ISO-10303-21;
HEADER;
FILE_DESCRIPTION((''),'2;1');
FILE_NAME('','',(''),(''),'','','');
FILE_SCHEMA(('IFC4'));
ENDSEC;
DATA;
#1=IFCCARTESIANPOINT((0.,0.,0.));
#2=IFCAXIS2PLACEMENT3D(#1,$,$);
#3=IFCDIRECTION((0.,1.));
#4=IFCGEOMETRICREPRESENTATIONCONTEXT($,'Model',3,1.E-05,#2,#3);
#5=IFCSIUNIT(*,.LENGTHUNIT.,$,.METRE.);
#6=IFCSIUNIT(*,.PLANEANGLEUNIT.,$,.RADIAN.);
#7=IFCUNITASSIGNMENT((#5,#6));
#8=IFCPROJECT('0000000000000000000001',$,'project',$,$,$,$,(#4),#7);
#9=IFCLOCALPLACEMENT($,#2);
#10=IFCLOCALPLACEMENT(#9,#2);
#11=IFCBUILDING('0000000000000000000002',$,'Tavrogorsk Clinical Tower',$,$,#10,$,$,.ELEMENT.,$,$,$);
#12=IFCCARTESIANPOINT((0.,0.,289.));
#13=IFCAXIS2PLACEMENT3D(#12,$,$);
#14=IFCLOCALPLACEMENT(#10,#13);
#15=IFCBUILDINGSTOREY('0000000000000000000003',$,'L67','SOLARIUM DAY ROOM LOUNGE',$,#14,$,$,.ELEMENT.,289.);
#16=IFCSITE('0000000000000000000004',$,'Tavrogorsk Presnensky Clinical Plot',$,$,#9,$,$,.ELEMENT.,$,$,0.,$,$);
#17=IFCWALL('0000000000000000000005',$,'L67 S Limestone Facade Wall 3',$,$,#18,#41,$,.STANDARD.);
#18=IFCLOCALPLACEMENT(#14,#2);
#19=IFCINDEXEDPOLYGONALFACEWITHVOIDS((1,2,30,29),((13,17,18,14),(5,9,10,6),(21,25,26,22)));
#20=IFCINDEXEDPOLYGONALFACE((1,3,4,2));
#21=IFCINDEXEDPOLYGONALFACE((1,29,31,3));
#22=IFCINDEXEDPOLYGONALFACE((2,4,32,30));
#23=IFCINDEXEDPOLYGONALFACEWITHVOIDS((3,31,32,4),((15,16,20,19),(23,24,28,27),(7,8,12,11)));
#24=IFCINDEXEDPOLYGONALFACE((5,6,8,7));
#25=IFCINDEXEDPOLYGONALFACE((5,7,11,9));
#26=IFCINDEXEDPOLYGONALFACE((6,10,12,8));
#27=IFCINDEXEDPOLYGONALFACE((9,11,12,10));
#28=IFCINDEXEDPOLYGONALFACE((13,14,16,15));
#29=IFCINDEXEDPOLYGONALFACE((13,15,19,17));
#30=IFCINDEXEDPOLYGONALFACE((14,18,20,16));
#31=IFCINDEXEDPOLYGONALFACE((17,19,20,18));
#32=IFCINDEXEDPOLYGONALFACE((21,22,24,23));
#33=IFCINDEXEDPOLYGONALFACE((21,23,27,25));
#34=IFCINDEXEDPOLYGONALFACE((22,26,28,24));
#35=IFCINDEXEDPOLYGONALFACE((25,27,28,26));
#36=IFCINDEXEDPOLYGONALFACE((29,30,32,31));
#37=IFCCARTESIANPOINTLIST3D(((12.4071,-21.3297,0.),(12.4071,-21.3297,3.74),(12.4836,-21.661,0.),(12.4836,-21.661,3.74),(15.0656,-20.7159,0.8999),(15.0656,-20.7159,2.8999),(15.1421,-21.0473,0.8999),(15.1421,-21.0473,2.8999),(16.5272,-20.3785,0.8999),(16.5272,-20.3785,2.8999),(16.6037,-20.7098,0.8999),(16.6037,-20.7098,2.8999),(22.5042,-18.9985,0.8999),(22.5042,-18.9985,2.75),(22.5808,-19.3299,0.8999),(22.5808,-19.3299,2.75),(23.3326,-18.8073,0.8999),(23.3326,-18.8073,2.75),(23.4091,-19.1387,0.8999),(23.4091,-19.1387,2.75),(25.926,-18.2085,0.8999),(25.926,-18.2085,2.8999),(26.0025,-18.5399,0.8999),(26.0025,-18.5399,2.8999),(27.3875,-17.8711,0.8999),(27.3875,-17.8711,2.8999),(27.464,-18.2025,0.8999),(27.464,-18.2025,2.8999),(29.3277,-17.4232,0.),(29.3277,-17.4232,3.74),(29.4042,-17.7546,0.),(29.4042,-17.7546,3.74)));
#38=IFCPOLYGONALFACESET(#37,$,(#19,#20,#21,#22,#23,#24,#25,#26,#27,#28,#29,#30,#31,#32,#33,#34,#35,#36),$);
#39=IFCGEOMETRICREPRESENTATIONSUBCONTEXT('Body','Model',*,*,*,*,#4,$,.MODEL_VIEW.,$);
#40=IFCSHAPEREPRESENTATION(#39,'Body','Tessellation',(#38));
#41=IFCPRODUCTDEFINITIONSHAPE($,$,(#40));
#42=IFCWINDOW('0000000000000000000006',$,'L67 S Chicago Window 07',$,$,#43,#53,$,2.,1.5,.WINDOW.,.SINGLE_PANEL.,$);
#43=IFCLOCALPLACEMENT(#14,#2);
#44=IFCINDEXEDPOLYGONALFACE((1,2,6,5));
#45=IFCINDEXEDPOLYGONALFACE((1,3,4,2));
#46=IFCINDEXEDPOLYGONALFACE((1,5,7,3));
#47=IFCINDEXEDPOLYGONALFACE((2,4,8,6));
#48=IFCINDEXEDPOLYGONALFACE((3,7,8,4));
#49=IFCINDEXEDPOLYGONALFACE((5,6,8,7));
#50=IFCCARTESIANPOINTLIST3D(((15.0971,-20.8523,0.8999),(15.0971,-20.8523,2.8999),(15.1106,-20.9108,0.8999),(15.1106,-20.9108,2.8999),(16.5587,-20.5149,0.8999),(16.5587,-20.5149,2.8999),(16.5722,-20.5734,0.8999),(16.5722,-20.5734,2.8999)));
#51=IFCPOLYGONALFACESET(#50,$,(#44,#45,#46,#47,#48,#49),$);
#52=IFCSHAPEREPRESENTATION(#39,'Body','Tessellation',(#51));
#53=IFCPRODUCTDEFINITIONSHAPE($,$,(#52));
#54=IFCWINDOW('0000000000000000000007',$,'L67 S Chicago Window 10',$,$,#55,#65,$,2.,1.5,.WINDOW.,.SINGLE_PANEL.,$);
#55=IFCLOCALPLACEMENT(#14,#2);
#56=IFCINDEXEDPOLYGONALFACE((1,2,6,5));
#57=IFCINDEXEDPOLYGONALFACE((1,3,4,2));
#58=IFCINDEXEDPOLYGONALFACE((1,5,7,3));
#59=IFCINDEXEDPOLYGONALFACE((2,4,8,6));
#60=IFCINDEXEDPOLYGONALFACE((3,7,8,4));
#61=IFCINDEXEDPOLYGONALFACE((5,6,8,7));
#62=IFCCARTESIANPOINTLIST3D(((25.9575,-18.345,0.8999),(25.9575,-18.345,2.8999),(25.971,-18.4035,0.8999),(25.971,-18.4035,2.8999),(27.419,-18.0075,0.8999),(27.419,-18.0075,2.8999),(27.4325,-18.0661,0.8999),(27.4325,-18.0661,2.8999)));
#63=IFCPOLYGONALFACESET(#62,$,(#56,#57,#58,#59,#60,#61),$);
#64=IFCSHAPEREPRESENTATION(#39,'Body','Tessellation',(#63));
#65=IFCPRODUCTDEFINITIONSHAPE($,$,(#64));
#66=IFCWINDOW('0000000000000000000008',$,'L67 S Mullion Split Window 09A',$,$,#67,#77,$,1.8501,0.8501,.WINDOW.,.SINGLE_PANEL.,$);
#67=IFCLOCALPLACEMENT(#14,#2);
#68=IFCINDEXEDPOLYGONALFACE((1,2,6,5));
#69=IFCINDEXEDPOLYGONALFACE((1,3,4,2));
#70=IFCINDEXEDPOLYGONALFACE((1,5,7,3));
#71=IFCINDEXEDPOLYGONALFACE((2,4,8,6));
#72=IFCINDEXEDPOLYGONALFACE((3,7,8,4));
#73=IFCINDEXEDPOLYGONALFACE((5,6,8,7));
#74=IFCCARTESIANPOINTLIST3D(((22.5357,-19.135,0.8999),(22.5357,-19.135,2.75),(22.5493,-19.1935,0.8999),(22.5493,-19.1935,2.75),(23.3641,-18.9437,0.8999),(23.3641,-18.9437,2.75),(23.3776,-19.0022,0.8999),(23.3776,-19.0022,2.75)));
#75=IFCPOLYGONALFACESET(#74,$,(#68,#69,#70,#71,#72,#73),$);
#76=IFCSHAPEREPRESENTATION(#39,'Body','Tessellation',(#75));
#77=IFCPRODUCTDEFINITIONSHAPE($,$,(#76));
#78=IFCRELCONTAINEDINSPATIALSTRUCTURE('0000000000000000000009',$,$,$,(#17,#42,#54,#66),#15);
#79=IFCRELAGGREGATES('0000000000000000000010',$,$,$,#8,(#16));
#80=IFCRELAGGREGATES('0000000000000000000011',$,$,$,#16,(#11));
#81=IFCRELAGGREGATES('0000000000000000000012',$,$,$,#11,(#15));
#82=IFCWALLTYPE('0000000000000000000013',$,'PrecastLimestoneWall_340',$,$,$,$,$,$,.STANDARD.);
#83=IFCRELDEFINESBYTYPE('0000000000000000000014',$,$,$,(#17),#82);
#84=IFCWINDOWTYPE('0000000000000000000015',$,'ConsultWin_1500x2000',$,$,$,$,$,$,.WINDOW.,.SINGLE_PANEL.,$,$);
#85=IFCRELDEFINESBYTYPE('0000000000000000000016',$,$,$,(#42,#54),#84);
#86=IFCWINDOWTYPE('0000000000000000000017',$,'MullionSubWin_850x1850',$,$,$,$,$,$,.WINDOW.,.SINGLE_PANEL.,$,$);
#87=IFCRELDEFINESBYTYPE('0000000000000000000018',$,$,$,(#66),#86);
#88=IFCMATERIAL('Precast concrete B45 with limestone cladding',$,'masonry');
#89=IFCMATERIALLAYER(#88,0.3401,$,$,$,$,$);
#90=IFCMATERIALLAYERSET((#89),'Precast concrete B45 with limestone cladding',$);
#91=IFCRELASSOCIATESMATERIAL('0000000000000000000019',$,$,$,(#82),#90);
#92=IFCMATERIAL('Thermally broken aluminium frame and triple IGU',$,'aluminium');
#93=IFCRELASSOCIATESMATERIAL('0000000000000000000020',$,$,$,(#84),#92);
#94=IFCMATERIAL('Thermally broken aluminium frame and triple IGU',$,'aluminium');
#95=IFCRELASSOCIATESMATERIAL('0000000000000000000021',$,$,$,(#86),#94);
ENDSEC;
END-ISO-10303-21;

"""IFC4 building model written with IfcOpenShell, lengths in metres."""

from ifc_helpers import new_model, si_unit, direction, frame, frame_2d, origin, place, context, subcontext, project, spatial, rectangle, extrude, material, layer, layer_set, type_object, element, fill, save


model = new_model("IFC4")

# Units and contexts
model_context = context("Model", 3, precision=1e-05, world=origin(), true_north=direction((0.0, 1.0)))
body_context = subcontext(model_context, "Body", "Model", "MODEL_VIEW")
ifc_project = project(units=[si_unit("LENGTHUNIT", "METRE"), si_unit("PLANEANGLEUNIT", "RADIAN")], contexts=[model_context])

# Site, building, storey
site_placement = place(None, origin())
site = spatial("IfcSite", under=ifc_project, at=site_placement, Name="Tavrogorsk Presnensky Clinical Plot", CompositionType="ELEMENT", RefElevation=0.0)
building_placement = place(site_placement, origin())
building = spatial("IfcBuilding", under=site, at=building_placement, Name="Tavrogorsk Clinical Tower", CompositionType="ELEMENT")
storey_placement = place(building_placement, frame((0.0, 0.0, 289.0)))
storey = spatial("IfcBuildingStorey", under=building, at=storey_placement, Name="L67", Description="SOLARIUM DAY ROOM LOUNGE", CompositionType="ELEMENT", Elevation=289.0)

# Wall, openings, windows
ifc_material_1 = material(Name="Precast concrete B45 with limestone cladding", Category="masonry")
ifc_layer_1 = layer(ifc_material_1, 0.3401)
ifc_layer_set_1 = layer_set([ifc_layer_1], Name="Precast concrete B45 with limestone cladding")
wall_type_1 = type_object("IfcWallType", Name="PrecastLimestoneWall_340", PredefinedType="STANDARD", material=ifc_layer_set_1)
wall_1_placement = place(storey_placement, frame((12.4453, -21.4954, 0.0), z_axis=(0.0, 0.0, 1.0), x_axis=(0.974369, 0.224954, 0.0)))
wall_1 = element("IfcWall", 1, at=wall_1_placement, inside=storey, type_object=wall_type_1, Name="L67 S Limestone Facade Wall 3", PredefinedType="STANDARD", context=body_context, shape_type="SweptSolid", body=[
    extrude(rectangle(XDim=17.3657, YDim=0.3401, at=frame_2d((8.6829, 0.0))), origin(), (0.0, 0.0, 1.0), 3.74),
])
opening_1_placement = place(wall_1_placement, frame((2.7285, 0.0, 0.8999)))
opening_1 = element("IfcOpeningElement", 2, at=opening_1_placement, cuts=wall_1, PredefinedType="OPENING", context=body_context, shape_type="SweptSolid", body=[
    extrude(rectangle(XDim=1.5, YDim=2.0, at=frame_2d((0.75, 1.0))), frame((0.0, 0.1799, 0.0), z_axis=(0.0, -1.0, 0.0), x_axis=(1.0, 0.0, 0.0)), (0.0, 0.0, 1.0), 0.3601),
])
opening_2_placement = place(wall_1_placement, frame((10.3628, 0.0, 0.8999)))
opening_2 = element("IfcOpeningElement", 3, at=opening_2_placement, cuts=wall_1, PredefinedType="OPENING", context=body_context, shape_type="SweptSolid", body=[
    extrude(rectangle(XDim=0.8501, YDim=1.8501, at=frame_2d((0.425, 0.925))), frame((0.0, 0.1799, 0.0), z_axis=(0.0, -1.0, 0.0), x_axis=(1.0, 0.0, 0.0)), (0.0, 0.0, 1.0), 0.3601),
])
opening_3_placement = place(wall_1_placement, frame((13.8745, 0.0, 0.8999)))
opening_3 = element("IfcOpeningElement", 4, at=opening_3_placement, cuts=wall_1, PredefinedType="OPENING", context=body_context, shape_type="SweptSolid", body=[
    extrude(rectangle(XDim=1.5, YDim=2.0, at=frame_2d((0.75, 1.0))), frame((0.0, 0.1799, 0.0), z_axis=(0.0, -1.0, 0.0), x_axis=(1.0, 0.0, 0.0)), (0.0, 0.0, 1.0), 0.3601),
])
ifc_material_2 = material(Name="Thermally broken aluminium frame and triple IGU", Category="aluminium")
window_type_1 = type_object("IfcWindowType", Name="ConsultWin_1500x2000", PartitioningType="SINGLE_PANEL", PredefinedType="WINDOW", material=ifc_material_2)
window_1_placement = place(opening_1_placement, origin())
window_1 = element("IfcWindow", 5, at=window_1_placement, inside=storey, type_object=window_type_1, Name="L67 S Chicago Window 07", OverallHeight=2.0, OverallWidth=1.5, PartitioningType="SINGLE_PANEL", PredefinedType="WINDOW", context=body_context, shape_type="SweptSolid", body=[
    extrude(rectangle(XDim=1.5, YDim=2.0, at=frame_2d((0.75, 1.0))), frame((0.0, 0.03, 0.0), z_axis=(0.0, -1.0, 0.0), x_axis=(1.0, 0.0, 0.0)), (0.0, 0.0, 1.0), 0.0601),
])
fill(opening_1, window_1)
window_2_placement = place(opening_3_placement, origin())
window_2 = element("IfcWindow", 6, at=window_2_placement, inside=storey, type_object=window_type_1, Name="L67 S Chicago Window 10", OverallHeight=2.0, OverallWidth=1.5, PartitioningType="SINGLE_PANEL", PredefinedType="WINDOW", context=body_context, shape_type="SweptSolid", body=[
    extrude(rectangle(XDim=1.5, YDim=2.0, at=frame_2d((0.75, 1.0))), frame((0.0, 0.03, 0.0), z_axis=(0.0, -1.0, 0.0), x_axis=(1.0, 0.0, 0.0)), (0.0, 0.0, 1.0), 0.0601),
])
fill(opening_3, window_2)
ifc_material_3 = material(Name="Thermally broken aluminium frame and triple IGU", Category="aluminium")
window_type_2 = type_object("IfcWindowType", Name="MullionSubWin_850x1850", PartitioningType="SINGLE_PANEL", PredefinedType="WINDOW", material=ifc_material_3)
window_3_placement = place(opening_2_placement, origin())
window_3 = element("IfcWindow", 7, at=window_3_placement, inside=storey, type_object=window_type_2, Name="L67 S Mullion Split Window 09A", OverallHeight=1.8501, OverallWidth=0.8501, PartitioningType="SINGLE_PANEL", PredefinedType="WINDOW", context=body_context, shape_type="SweptSolid", body=[
    extrude(rectangle(XDim=0.8501, YDim=1.8501, at=frame_2d((0.425, 0.925))), frame((0.0, 0.03, 0.0), z_axis=(0.0, -1.0, 0.0), x_axis=(1.0, 0.0, 0.0)), (0.0, 0.0, 1.0), 0.0601),
])
fill(opening_2, window_3)

save(model, "model.ifc")
